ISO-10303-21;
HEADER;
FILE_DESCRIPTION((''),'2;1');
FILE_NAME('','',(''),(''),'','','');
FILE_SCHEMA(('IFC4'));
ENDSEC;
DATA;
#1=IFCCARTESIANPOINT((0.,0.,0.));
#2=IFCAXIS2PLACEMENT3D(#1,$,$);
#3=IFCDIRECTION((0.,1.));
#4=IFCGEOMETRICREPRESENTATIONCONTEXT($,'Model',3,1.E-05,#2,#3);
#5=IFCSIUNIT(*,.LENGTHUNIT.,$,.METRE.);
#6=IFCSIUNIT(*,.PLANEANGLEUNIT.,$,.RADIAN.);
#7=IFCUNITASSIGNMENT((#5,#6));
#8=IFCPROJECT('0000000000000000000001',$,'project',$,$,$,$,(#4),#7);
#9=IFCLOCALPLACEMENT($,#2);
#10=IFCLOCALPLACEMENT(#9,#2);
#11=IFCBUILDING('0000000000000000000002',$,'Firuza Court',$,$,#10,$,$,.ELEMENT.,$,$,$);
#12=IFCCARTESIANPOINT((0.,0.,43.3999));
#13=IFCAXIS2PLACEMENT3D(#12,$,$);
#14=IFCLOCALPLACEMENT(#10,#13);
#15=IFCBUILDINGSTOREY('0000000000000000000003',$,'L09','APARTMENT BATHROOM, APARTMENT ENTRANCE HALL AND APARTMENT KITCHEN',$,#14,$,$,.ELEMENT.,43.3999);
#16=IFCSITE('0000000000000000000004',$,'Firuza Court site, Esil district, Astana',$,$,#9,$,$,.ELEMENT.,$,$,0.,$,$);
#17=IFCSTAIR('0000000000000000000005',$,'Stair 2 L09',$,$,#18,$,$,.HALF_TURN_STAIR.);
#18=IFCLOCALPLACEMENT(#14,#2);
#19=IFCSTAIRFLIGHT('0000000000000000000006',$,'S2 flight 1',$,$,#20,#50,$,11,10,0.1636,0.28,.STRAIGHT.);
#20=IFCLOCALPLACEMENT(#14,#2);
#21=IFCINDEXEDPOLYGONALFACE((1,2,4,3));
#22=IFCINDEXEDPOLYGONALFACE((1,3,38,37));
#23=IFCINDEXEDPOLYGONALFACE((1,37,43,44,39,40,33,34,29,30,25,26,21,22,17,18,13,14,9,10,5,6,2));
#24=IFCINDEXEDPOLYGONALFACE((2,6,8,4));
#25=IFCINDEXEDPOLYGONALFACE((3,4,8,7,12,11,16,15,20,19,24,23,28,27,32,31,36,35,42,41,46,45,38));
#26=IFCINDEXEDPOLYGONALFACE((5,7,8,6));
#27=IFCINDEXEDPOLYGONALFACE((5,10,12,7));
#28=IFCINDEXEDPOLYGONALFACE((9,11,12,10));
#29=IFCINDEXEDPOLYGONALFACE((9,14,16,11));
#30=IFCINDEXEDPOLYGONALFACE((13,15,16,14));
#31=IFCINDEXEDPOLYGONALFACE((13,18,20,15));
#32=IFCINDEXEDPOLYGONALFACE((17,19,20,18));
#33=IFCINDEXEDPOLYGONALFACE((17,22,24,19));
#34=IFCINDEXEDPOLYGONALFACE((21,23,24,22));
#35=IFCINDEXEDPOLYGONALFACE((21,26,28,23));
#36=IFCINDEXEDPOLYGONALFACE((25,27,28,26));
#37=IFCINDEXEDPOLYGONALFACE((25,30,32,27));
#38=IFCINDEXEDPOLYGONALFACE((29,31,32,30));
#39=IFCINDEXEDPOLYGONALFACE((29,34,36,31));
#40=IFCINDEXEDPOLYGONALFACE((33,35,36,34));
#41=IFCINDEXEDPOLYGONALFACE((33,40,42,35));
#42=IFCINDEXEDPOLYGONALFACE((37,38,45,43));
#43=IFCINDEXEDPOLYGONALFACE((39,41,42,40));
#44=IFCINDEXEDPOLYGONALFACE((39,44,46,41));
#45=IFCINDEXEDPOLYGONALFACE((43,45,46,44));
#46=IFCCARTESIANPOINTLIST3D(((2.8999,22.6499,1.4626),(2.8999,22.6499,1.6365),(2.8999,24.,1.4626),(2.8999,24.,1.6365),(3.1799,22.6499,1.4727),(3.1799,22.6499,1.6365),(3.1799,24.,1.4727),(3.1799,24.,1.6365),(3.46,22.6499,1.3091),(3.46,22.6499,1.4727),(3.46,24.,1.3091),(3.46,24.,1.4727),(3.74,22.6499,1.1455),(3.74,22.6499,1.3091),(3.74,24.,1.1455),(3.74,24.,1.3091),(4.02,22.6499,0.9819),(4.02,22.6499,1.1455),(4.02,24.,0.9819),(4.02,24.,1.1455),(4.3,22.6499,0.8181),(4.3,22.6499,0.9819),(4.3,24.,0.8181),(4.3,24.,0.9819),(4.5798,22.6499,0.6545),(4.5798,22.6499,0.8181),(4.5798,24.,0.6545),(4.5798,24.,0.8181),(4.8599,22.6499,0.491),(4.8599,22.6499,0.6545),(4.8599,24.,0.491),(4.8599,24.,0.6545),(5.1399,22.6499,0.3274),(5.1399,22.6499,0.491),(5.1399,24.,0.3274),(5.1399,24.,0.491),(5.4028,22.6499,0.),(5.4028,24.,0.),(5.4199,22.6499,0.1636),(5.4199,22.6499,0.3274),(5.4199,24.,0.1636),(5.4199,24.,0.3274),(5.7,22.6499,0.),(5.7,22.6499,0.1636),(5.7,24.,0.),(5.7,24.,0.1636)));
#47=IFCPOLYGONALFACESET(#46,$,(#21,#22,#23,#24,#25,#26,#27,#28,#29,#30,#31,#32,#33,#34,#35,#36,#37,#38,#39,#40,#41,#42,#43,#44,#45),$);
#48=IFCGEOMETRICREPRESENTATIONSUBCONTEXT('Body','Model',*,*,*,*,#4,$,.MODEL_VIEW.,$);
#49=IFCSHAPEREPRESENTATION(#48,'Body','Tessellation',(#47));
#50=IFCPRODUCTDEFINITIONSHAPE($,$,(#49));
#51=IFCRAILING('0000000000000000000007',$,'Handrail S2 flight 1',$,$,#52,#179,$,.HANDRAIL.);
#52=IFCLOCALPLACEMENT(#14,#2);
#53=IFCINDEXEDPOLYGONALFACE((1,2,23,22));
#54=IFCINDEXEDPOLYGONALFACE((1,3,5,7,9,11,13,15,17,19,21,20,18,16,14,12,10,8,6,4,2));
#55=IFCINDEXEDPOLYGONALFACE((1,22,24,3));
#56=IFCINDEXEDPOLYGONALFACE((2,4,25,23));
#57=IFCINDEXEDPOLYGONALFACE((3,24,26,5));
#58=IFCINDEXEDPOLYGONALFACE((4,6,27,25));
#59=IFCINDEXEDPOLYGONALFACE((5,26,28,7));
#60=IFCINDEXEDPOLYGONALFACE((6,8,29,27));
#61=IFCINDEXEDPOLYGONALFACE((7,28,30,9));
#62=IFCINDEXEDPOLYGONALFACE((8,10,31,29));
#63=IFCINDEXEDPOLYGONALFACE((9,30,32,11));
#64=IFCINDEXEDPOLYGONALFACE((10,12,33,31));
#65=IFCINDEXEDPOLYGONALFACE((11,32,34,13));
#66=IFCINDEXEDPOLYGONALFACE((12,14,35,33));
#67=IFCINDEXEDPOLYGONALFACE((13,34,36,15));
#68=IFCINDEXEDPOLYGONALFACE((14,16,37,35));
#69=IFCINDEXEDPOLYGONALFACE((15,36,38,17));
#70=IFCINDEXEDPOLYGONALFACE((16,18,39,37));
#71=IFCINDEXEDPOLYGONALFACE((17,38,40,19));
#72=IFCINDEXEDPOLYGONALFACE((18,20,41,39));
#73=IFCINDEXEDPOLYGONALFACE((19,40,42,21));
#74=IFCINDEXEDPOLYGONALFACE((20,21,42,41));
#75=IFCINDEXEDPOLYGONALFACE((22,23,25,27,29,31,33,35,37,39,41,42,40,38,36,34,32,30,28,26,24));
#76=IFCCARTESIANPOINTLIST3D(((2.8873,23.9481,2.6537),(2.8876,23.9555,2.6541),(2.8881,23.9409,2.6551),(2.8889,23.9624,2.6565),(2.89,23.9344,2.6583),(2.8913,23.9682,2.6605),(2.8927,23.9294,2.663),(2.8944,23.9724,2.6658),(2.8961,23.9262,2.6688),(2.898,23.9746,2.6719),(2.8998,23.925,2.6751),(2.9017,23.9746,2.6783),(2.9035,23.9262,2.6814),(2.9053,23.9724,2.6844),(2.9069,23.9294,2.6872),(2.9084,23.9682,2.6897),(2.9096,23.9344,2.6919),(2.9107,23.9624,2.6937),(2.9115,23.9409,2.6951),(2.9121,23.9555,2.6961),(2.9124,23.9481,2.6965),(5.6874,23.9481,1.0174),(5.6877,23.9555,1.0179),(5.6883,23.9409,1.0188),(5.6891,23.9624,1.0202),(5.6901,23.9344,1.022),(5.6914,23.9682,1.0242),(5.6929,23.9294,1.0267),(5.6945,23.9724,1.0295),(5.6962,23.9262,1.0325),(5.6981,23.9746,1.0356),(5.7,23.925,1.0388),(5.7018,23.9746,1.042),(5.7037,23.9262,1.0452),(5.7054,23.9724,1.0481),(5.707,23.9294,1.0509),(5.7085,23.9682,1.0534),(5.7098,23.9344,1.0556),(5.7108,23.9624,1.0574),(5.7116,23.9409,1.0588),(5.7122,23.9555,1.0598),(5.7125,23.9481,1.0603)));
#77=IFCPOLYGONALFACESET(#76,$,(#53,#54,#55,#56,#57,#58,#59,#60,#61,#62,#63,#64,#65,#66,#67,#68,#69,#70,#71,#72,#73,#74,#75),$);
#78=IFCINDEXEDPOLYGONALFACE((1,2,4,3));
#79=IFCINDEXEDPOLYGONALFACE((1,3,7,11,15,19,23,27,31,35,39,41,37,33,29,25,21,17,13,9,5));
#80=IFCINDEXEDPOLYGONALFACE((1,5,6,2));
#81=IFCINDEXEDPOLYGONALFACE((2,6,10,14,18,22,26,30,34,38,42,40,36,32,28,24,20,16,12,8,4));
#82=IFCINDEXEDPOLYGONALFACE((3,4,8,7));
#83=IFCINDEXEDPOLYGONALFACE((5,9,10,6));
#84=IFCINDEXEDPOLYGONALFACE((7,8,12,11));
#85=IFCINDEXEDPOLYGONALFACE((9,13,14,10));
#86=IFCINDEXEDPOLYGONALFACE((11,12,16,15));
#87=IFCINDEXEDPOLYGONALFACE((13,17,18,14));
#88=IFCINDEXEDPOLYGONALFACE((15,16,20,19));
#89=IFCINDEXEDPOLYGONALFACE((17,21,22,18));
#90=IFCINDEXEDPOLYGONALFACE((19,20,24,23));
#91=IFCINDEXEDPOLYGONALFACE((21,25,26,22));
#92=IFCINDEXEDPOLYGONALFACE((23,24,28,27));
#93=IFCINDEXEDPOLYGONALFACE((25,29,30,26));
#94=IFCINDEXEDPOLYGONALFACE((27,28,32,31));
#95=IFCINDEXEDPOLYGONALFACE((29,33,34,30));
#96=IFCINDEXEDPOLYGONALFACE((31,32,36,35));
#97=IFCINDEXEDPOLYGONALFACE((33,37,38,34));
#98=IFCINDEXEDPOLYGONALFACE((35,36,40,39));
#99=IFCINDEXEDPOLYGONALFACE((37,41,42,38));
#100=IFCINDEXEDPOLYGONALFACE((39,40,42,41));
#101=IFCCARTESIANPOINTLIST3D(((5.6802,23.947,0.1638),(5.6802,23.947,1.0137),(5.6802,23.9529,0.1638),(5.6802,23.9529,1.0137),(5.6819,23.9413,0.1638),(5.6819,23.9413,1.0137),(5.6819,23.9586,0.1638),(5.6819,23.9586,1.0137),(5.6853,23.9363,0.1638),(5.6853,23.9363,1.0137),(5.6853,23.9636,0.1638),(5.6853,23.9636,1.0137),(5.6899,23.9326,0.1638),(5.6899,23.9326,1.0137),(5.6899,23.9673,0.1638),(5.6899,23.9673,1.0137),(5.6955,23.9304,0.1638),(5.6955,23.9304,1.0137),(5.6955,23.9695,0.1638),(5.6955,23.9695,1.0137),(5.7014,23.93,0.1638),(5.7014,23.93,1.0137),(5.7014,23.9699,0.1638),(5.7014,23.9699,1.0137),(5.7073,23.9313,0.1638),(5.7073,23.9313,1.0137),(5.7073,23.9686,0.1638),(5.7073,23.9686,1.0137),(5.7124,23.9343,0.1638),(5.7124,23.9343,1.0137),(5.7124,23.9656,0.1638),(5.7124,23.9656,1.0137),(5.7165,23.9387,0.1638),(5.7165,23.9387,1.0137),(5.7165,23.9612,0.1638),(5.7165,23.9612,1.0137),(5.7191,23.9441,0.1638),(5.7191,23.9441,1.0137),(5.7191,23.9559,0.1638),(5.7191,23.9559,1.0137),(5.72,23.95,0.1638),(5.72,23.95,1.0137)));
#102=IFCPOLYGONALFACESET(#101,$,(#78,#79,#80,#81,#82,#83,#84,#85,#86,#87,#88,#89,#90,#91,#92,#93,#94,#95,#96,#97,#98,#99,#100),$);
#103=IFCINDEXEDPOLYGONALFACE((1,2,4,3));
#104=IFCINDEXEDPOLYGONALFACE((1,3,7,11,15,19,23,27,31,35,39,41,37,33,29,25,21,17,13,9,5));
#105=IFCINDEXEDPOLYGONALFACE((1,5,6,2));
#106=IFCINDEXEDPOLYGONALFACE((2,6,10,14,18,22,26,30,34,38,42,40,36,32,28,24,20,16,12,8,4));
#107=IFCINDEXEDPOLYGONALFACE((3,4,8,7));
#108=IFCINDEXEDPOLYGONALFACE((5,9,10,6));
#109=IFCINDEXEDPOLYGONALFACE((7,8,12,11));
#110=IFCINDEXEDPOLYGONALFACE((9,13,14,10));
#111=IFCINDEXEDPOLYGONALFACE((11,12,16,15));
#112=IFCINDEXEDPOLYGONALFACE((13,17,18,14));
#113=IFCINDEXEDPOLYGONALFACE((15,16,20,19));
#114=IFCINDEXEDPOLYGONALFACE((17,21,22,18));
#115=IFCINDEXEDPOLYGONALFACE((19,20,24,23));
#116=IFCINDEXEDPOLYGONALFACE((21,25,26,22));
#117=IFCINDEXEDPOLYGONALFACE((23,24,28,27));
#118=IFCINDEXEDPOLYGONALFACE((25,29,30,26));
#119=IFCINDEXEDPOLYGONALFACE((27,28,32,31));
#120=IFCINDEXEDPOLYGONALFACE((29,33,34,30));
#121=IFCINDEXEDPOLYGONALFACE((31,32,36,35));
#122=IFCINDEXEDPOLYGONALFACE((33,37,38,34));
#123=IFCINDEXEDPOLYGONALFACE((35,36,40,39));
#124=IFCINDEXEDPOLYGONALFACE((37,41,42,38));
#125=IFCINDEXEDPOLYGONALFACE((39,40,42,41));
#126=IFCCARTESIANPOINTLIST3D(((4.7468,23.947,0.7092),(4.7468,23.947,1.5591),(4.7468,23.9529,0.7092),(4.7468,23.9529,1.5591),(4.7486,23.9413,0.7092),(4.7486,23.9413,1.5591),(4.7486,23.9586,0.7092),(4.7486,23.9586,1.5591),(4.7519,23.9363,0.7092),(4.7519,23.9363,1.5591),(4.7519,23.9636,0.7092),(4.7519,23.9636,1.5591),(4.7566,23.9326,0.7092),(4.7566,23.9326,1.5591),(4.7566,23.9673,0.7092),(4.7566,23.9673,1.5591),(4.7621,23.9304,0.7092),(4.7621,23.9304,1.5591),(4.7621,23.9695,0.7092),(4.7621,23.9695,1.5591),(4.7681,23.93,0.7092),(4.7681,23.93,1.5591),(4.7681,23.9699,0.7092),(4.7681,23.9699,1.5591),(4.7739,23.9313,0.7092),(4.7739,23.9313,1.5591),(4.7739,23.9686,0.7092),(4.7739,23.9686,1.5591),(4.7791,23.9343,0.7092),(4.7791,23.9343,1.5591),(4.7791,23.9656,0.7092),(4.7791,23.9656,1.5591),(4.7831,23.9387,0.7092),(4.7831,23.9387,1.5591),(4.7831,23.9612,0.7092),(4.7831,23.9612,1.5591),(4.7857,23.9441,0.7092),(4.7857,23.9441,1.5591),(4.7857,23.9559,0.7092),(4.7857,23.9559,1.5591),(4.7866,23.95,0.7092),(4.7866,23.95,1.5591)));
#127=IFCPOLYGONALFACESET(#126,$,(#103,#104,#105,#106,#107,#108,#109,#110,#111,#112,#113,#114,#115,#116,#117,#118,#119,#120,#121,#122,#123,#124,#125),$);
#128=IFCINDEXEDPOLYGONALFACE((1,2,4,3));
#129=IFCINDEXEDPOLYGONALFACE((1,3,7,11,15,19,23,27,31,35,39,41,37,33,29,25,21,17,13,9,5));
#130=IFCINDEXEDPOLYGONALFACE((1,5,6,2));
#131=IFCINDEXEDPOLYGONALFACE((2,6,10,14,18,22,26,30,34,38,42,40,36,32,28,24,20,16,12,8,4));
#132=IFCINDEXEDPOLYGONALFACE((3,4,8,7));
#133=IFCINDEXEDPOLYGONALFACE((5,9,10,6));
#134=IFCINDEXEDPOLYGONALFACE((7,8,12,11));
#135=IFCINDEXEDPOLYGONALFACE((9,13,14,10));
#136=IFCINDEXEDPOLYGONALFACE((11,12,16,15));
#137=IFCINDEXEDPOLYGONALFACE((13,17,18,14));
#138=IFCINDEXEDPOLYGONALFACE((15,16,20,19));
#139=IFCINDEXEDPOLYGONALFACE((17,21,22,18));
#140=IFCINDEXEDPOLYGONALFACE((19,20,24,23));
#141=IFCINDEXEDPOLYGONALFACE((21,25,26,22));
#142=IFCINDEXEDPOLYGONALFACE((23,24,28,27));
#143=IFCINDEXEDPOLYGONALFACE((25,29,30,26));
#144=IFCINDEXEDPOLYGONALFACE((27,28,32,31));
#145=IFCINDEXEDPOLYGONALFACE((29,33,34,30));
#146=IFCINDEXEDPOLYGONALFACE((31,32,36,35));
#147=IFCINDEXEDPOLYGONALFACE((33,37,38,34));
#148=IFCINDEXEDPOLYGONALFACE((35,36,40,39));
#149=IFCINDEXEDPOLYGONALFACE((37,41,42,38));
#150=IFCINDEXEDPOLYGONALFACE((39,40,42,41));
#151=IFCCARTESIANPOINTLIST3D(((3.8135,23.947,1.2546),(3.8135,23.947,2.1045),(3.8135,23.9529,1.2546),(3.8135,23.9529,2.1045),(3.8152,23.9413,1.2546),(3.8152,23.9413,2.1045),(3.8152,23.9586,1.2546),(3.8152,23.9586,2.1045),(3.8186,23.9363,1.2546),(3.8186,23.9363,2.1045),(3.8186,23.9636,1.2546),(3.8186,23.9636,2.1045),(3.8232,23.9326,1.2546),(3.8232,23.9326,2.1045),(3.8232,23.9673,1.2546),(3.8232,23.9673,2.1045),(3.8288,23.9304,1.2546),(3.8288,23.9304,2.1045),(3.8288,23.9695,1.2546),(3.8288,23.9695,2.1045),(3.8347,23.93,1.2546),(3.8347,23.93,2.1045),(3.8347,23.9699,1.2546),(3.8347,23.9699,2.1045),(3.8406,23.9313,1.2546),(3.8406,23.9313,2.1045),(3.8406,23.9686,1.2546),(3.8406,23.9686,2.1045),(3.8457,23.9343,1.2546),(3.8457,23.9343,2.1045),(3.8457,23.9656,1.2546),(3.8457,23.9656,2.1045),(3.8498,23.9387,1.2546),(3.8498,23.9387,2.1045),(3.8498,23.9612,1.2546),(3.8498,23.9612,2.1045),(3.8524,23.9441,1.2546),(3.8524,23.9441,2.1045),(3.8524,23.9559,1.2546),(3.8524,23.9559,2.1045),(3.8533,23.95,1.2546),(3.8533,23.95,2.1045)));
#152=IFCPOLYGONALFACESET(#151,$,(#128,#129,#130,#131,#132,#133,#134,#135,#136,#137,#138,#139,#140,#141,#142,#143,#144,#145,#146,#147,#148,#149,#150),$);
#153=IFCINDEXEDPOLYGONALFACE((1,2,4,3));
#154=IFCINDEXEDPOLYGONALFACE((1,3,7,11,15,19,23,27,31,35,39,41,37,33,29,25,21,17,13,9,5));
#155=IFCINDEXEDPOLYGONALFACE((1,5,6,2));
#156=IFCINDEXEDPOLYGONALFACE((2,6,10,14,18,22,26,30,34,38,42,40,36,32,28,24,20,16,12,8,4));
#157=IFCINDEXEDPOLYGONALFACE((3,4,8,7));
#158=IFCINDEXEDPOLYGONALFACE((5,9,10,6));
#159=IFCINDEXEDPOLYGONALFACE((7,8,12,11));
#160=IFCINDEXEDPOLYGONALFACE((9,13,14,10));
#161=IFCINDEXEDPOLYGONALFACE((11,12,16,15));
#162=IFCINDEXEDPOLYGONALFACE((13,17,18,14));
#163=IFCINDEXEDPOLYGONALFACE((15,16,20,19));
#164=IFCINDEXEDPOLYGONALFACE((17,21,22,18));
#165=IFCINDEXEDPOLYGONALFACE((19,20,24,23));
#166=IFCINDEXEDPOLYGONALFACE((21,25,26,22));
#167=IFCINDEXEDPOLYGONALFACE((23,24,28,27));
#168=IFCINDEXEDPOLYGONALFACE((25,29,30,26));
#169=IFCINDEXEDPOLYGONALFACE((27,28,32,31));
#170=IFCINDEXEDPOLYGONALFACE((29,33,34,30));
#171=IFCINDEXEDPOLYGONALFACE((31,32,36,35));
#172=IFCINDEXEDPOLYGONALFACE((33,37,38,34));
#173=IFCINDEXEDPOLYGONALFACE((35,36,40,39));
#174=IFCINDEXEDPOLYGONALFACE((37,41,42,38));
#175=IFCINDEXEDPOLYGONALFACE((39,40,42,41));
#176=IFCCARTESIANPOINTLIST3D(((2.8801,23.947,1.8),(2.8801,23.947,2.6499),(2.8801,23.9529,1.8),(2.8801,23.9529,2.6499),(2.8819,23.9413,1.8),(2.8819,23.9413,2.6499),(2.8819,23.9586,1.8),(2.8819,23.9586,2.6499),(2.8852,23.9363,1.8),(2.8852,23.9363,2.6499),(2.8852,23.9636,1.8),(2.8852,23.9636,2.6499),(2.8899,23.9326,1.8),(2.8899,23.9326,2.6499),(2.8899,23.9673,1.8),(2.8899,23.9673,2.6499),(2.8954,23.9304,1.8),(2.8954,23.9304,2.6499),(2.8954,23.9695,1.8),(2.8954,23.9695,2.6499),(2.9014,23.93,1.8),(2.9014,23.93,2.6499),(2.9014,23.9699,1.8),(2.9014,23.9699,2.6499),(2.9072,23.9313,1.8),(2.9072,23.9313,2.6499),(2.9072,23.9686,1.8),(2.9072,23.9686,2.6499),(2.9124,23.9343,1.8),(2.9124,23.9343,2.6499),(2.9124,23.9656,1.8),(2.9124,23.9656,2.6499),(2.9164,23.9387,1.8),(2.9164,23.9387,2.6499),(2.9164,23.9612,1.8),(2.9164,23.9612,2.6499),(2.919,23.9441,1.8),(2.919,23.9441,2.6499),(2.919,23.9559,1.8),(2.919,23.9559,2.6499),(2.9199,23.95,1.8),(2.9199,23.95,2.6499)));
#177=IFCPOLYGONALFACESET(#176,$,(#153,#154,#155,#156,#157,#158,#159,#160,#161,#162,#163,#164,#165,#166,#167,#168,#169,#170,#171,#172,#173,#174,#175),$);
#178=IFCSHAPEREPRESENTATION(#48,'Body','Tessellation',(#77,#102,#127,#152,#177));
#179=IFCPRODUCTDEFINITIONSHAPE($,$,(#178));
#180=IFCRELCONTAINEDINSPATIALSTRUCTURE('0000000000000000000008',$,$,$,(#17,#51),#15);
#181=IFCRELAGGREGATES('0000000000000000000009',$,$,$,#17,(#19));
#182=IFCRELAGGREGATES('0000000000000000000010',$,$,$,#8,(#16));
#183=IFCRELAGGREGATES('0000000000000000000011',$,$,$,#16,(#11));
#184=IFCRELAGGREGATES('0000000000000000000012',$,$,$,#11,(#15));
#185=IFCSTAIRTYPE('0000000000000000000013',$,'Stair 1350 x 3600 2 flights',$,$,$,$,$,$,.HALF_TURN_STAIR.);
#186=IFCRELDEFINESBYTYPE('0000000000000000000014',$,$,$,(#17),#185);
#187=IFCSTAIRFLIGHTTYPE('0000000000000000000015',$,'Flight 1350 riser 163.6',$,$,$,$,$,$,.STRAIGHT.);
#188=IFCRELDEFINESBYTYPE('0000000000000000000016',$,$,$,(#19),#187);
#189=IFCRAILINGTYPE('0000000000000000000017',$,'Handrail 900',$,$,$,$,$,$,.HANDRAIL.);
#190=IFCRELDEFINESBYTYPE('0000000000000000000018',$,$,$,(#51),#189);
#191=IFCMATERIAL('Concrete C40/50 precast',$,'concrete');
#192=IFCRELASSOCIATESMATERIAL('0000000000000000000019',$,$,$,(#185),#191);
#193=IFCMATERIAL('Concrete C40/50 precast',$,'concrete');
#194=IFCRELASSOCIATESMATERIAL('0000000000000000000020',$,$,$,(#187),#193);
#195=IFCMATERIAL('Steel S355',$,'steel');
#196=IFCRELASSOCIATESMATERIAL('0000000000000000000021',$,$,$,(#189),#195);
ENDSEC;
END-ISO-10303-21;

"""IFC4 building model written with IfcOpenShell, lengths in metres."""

from ifc_helpers import new_model, si_unit, direction, frame, origin, origin_2d, place, context, subcontext, project, spatial, polyline, circle, outline, extrude, material, type_object, element, aggregate, save


model = new_model("IFC4")

# Units and contexts
model_context = context("Model", 3, precision=1e-05, world=origin(), true_north=direction((0.0, 1.0)))
body_context = subcontext(model_context, "Body", "Model", "MODEL_VIEW")
ifc_project = project(units=[si_unit("LENGTHUNIT", "METRE"), si_unit("PLANEANGLEUNIT", "RADIAN")], contexts=[model_context])

# Site, building, storey
site_placement = place(None, origin())
site = spatial("IfcSite", under=ifc_project, at=site_placement, Name="Firuza Court site, Esil district, Astana", CompositionType="ELEMENT", RefElevation=0.0)
building_placement = place(site_placement, origin())
building = spatial("IfcBuilding", under=site, at=building_placement, Name="Firuza Court", CompositionType="ELEMENT")
storey_placement = place(building_placement, frame((0.0, 0.0, 43.3999)))
storey = spatial("IfcBuildingStorey", under=building, at=storey_placement, Name="L09", Description="APARTMENT BATHROOM, APARTMENT ENTRANCE HALL AND APARTMENT KITCHEN", CompositionType="ELEMENT", Elevation=43.3999)

# Stair, stair flight
ifc_material_1 = material(Name="Concrete C40/50 precast", Category="concrete")
stair_type = type_object("IfcStairType", Name="Stair 1350 x 3600 2 flights", PredefinedType="HALF_TURN_STAIR", material=ifc_material_1)
stair_placement = place(storey_placement, origin())
stair = element("IfcStair", 1, at=stair_placement, inside=storey, type_object=stair_type, Name="Stair 2 L09", PredefinedType="HALF_TURN_STAIR")
ifc_material_2 = material(Name="Concrete C40/50 precast", Category="concrete")
stair_flight_type = type_object("IfcStairFlightType", Name="Flight 1350 riser 163.6", PredefinedType="STRAIGHT", material=ifc_material_2)
stair_flight_placement = place(storey_placement, frame((5.7, 23.325, 0.0), z_axis=(0.0, 0.0, 1.0), x_axis=(-1.0, 0.0, 0.0)))
stair_flight = element("IfcStairFlight", 2, at=stair_flight_placement, type_object=stair_flight_type, Name="S2 flight 1", NumberOfRisers=11, NumberOfTreads=10, PredefinedType="STRAIGHT", RiserHeight=0.1636, TreadLength=0.28, context=body_context, shape_type="SweptSolid", body=[
    extrude(outline(polyline([(0.0, 0.0), (0.0, 0.1636), (0.28, 0.1636), (0.28, 0.3274), (0.5601, 0.3274), (0.5601, 0.491), (0.8401, 0.491), (0.8401, 0.6545), (1.1201, 0.6545), (1.1201, 0.8181), (1.3999, 0.8181), (1.3999, 0.9819), (1.6799, 0.9819), (1.6799, 1.1455), (1.96, 1.1455), (1.96, 1.3091), (2.24, 1.3091), (2.24, 1.4727), (2.52, 1.4727), (2.52, 1.6365), (2.8, 1.6365), (2.8, 1.8), (2.8, 1.4626), (0.2971, 0.0), (0.0, 0.0)])), frame((0.0, 0.675, 0.0), z_axis=(0.0, -1.0, 0.0), x_axis=(1.0, 0.0, 0.0)), (0.0, 0.0, 1.0), 1.3501),
])
aggregate(stair, [stair_flight])

# Railing
ifc_material_3 = material(Name="Steel S355", Category="steel")
railing_type_1 = type_object("IfcRailingType", Name="Handrail 900", PredefinedType="HANDRAIL", material=ifc_material_3)
railing_1_placement = place(storey_placement, frame((5.7, 23.95, 0.1638)))
element("IfcRailing", 3, at=railing_1_placement, inside=storey, type_object=railing_type_1, Name="Handrail S2 flight 1", PredefinedType="HANDRAIL", context=body_context, shape_type="SweptSolid", body=[
    extrude(circle(Radius=0.0249, at=origin_2d()), frame((0.0, 0.0, 0.875), z_axis=(-0.863394, 0.0, 0.504531), x_axis=(0.0, -1.0, 0.0)), (0.0, 0.0, 1.0), 3.2432),
    extrude(circle(Radius=0.02, at=origin_2d()), origin(), (0.0, 0.0, 1.0), 0.8499),
    extrude(circle(Radius=0.02, at=origin_2d()), frame((-0.9333, 0.0, 0.5454)), (0.0, 0.0, 1.0), 0.8499),
    extrude(circle(Radius=0.02, at=origin_2d()), frame((-1.8667, 0.0, 1.0908)), (0.0, 0.0, 1.0), 0.8499),
    extrude(circle(Radius=0.02, at=origin_2d()), frame((-2.8, 0.0, 1.6362)), (0.0, 0.0, 1.0), 0.8499),
])

save(model, "model.ifc")
